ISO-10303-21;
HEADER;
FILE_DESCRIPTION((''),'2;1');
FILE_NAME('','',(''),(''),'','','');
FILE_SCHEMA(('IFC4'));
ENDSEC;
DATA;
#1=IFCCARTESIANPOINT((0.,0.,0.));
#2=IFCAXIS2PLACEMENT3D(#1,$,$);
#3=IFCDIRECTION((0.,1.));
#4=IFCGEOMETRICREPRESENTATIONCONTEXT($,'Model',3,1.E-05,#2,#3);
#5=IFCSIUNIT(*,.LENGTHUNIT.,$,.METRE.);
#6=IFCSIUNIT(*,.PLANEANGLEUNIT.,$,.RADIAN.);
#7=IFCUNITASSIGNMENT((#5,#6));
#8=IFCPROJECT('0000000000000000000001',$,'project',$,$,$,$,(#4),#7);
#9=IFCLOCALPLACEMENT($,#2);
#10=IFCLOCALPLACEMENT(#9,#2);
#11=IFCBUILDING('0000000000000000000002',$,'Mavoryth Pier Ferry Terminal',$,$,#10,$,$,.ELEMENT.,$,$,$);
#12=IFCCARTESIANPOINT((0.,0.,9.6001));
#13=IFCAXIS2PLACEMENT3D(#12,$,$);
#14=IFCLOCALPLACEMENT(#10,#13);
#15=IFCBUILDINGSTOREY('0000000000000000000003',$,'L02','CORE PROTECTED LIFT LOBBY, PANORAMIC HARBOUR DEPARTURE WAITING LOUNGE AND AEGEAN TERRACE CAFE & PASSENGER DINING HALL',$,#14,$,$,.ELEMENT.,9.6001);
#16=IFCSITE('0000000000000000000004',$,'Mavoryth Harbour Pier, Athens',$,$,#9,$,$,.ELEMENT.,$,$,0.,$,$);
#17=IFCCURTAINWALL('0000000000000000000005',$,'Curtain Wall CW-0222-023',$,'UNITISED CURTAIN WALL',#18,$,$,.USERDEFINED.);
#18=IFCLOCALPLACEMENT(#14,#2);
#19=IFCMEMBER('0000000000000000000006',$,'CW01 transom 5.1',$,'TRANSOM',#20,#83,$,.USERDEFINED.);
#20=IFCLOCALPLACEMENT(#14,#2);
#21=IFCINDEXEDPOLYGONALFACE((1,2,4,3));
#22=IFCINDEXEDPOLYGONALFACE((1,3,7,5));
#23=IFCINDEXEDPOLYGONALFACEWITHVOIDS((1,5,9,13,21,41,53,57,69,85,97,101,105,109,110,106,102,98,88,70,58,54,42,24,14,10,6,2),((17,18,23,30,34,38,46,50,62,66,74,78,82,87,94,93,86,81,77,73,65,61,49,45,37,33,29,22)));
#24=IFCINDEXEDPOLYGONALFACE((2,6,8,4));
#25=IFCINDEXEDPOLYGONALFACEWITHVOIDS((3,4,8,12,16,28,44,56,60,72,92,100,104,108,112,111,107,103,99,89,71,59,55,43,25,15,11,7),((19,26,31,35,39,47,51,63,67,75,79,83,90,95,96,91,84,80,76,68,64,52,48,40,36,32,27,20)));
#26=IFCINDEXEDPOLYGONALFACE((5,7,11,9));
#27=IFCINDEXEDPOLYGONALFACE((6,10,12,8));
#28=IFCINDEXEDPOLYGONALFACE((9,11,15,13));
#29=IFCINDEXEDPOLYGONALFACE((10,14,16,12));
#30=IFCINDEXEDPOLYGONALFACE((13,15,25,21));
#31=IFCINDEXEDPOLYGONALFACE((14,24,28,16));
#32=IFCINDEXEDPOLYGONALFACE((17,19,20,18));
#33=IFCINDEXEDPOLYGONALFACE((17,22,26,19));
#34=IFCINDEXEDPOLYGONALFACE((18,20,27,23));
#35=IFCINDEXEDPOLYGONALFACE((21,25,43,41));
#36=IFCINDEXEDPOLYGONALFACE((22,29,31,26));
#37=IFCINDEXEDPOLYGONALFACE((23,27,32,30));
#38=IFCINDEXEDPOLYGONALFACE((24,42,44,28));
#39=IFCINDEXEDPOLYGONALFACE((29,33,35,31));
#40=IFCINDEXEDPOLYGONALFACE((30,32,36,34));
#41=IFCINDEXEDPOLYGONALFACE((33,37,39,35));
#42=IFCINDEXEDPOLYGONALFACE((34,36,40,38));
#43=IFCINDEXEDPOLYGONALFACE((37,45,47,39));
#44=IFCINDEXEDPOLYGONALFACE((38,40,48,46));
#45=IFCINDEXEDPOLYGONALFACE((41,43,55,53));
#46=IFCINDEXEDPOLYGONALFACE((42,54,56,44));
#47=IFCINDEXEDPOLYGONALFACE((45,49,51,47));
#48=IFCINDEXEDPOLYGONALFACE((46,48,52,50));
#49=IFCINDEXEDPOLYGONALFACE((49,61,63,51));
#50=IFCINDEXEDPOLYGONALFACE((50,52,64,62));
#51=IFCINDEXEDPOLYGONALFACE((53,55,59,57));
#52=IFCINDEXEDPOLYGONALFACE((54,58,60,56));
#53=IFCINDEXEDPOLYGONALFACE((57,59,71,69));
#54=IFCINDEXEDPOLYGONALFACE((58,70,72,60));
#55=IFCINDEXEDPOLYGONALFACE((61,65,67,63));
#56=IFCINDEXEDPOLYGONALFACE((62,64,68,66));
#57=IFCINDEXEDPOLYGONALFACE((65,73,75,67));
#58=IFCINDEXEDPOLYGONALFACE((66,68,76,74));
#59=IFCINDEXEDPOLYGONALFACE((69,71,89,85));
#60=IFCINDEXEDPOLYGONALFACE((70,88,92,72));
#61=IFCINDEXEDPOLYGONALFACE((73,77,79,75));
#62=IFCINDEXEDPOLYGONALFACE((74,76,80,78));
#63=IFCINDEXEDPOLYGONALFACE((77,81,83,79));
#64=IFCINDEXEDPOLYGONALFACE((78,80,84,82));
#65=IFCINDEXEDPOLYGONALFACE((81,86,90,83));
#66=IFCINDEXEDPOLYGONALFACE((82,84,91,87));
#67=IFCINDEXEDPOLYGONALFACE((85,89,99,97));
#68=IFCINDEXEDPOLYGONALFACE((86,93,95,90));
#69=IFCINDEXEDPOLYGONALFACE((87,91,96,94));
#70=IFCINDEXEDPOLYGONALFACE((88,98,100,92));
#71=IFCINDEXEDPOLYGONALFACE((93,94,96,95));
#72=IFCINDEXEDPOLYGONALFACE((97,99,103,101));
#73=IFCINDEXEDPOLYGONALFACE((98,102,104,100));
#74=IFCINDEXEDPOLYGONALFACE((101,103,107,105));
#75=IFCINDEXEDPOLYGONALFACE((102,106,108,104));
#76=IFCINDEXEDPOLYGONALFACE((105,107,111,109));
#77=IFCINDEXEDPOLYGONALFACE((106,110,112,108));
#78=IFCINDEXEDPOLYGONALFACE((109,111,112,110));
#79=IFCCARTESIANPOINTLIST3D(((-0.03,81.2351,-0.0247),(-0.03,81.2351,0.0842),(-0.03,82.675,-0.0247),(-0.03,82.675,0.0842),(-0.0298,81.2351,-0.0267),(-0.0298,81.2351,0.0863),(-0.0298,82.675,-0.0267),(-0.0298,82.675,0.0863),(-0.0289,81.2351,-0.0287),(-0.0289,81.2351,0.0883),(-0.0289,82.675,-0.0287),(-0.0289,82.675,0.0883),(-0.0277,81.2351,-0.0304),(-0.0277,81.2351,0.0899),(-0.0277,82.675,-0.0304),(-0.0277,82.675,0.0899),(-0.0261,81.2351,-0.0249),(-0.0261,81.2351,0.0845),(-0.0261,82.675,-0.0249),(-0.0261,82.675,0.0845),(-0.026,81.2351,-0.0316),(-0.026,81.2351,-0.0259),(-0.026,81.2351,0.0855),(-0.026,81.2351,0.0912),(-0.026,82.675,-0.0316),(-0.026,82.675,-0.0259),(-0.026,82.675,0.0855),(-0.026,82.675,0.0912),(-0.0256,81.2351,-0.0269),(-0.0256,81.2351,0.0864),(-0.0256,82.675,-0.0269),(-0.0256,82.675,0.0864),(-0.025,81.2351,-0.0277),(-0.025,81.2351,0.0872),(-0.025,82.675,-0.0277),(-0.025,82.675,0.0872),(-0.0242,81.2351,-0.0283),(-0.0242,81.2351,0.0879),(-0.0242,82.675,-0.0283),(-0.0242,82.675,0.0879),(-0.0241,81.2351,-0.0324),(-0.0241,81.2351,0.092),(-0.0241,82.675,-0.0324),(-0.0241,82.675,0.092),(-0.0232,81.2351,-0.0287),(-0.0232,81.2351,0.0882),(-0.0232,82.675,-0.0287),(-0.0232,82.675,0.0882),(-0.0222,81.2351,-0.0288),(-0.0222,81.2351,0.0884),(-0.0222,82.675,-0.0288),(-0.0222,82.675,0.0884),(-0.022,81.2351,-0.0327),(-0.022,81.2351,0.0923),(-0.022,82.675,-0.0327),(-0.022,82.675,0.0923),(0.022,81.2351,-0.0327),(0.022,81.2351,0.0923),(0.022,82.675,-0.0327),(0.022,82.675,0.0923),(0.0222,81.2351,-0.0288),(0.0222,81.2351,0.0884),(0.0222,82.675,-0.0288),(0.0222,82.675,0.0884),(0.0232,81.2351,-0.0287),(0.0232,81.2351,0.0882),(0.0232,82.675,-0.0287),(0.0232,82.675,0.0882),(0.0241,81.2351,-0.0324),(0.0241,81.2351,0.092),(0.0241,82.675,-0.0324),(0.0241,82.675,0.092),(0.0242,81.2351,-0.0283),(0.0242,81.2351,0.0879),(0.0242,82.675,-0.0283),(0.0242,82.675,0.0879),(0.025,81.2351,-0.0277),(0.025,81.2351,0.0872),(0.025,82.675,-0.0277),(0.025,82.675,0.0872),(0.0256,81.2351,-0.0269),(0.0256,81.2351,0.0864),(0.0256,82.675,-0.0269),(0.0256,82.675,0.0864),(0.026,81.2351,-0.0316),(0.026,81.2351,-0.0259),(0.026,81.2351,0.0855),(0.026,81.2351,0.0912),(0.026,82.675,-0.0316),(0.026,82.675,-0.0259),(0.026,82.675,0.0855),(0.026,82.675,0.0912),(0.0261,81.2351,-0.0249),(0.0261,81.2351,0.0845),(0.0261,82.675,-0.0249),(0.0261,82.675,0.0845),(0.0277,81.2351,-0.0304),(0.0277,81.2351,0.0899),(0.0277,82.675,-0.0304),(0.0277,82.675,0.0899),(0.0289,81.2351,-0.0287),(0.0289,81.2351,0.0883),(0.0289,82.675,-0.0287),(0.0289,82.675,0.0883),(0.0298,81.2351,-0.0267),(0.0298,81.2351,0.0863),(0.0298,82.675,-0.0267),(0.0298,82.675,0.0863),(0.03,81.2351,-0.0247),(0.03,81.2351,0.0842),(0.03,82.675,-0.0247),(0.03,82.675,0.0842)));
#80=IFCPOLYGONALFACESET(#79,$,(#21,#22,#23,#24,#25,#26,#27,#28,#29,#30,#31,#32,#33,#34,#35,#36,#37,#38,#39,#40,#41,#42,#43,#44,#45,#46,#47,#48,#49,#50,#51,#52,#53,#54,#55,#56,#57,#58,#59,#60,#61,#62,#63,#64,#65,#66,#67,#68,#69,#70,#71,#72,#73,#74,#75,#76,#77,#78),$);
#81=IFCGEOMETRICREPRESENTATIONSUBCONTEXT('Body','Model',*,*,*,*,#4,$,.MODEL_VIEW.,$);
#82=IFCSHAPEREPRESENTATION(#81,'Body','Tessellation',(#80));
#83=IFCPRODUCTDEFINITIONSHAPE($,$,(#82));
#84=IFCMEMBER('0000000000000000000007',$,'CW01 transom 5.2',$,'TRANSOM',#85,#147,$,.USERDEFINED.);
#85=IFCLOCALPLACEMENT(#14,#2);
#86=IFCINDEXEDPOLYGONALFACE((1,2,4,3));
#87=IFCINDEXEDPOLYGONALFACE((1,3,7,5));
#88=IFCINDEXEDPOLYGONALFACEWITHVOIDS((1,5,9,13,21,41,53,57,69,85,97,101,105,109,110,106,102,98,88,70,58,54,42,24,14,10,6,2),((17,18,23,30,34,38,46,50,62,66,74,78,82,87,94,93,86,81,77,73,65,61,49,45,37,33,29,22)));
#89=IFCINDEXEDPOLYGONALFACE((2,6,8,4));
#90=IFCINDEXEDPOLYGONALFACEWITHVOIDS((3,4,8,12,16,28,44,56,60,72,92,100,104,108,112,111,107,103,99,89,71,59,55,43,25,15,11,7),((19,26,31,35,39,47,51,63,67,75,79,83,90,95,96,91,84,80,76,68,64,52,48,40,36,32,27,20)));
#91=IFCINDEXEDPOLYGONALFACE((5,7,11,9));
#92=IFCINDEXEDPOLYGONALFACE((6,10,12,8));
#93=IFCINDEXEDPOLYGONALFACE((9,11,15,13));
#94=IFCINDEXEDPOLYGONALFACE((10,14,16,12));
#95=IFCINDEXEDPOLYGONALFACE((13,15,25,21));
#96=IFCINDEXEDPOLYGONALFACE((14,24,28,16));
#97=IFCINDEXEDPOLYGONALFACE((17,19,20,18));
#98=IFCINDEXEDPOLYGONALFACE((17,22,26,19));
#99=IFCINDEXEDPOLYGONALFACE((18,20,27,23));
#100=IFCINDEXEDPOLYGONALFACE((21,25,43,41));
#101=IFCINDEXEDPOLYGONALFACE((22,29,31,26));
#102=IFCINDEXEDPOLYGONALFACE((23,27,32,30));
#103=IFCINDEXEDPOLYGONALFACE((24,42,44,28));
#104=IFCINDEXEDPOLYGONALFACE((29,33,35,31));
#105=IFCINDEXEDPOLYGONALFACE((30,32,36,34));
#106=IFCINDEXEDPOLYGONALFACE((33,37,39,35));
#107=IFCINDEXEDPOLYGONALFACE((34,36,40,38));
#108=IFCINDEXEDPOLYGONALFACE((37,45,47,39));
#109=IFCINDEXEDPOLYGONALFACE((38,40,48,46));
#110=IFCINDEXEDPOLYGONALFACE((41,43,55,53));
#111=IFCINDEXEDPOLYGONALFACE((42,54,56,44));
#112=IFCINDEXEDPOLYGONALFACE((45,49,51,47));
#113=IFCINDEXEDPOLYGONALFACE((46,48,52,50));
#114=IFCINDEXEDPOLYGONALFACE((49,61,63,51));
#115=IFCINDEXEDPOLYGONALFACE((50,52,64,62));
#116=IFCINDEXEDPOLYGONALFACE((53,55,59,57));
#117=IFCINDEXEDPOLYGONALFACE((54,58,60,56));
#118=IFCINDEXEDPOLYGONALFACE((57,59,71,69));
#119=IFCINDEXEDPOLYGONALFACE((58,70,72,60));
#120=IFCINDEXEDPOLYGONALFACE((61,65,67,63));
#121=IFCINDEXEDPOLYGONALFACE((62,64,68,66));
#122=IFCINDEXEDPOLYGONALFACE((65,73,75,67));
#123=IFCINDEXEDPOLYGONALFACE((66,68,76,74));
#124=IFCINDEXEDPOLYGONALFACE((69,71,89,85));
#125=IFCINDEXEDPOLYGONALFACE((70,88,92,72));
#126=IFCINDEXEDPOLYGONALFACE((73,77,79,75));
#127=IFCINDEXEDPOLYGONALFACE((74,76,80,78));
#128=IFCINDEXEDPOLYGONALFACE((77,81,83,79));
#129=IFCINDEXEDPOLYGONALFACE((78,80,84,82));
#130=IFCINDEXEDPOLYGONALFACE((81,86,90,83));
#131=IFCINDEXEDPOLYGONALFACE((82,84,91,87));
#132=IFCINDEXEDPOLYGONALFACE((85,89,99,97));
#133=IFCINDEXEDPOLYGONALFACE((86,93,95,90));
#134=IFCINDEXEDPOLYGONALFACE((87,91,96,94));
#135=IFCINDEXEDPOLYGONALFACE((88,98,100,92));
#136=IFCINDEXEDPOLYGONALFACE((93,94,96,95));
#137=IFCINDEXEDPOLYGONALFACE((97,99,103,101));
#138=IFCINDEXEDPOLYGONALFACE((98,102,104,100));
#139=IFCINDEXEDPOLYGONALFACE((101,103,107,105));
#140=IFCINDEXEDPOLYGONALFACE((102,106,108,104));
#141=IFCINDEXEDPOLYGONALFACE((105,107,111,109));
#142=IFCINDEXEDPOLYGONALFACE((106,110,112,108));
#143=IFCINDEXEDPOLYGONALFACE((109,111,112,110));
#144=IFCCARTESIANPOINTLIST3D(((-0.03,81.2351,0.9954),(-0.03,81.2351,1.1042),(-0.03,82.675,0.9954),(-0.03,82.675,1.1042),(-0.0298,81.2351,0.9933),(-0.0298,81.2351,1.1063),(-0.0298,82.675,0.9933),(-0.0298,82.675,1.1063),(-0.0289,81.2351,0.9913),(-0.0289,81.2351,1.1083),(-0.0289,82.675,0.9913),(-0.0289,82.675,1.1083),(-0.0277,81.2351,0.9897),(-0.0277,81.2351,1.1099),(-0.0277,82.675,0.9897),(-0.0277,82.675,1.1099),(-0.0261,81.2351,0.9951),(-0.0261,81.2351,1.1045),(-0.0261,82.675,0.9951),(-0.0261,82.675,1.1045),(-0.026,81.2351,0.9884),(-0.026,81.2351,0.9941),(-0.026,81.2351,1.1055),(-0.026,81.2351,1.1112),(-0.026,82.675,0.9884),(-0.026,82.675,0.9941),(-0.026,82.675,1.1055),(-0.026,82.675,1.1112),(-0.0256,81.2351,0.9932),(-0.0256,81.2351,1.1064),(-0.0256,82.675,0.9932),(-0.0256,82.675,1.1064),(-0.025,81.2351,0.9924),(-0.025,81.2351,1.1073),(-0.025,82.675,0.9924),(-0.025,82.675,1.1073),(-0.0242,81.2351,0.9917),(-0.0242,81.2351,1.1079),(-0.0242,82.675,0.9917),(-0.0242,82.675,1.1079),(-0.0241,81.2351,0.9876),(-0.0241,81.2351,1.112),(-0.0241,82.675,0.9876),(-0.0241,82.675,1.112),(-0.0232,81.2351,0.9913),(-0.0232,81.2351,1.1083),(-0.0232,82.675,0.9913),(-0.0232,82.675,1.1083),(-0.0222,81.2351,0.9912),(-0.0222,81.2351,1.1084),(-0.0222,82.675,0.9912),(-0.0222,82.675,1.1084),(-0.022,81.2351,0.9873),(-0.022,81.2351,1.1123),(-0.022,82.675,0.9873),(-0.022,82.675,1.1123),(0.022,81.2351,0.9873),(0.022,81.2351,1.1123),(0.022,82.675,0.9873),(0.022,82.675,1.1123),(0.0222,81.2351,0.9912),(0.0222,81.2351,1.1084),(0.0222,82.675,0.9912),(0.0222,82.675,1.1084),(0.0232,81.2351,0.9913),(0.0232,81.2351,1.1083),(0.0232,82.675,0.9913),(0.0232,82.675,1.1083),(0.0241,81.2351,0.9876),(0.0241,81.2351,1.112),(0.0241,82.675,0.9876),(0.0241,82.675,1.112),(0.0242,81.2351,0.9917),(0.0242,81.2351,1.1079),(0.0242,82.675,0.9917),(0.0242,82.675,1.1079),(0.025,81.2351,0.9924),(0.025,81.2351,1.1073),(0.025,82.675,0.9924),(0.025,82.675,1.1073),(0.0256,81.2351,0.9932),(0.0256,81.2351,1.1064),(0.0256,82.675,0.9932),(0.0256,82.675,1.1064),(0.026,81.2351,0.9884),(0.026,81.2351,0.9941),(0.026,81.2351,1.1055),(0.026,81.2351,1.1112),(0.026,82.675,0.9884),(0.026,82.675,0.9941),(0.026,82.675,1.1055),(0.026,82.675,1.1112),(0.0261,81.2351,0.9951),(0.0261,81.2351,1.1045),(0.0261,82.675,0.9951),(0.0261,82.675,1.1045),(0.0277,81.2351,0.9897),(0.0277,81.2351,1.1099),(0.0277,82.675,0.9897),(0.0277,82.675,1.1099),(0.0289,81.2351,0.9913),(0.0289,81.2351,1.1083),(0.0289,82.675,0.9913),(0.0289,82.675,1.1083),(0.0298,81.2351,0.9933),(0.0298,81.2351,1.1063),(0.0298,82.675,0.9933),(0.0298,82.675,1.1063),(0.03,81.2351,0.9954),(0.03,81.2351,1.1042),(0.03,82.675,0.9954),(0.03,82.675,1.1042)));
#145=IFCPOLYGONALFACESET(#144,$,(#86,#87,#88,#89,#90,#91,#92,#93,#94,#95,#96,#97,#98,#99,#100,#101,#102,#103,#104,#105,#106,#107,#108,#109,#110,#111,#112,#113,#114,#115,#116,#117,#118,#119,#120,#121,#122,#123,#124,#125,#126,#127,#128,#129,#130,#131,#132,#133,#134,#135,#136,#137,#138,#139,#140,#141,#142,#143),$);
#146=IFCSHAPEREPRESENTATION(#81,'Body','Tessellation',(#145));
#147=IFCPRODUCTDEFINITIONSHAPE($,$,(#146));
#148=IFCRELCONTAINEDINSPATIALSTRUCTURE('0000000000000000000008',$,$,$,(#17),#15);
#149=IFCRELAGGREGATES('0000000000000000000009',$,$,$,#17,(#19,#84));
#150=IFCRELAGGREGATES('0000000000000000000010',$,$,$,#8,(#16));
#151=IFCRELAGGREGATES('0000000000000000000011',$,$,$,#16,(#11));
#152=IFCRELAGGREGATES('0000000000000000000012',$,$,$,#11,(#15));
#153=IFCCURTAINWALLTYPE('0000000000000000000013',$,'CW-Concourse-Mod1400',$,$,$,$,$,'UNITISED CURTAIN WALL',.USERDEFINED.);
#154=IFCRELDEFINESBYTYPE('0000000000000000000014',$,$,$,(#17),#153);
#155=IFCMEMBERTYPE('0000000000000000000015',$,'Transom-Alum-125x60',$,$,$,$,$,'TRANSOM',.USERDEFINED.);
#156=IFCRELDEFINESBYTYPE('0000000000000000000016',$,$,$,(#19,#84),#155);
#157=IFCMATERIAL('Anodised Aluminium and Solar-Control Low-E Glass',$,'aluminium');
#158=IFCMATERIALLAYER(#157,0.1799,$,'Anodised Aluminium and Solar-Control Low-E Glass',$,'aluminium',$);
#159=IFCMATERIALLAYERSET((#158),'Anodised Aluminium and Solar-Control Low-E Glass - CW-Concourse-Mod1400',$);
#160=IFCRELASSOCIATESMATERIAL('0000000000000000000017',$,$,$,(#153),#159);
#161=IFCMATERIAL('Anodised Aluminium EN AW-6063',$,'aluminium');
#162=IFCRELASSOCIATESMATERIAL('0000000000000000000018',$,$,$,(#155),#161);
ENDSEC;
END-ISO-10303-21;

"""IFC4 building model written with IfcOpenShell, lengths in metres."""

from ifc_helpers import new_model, si_unit, direction, frame, origin, origin_2d, place, context, subcontext, project, spatial, hollow_rectangle, extrude, material, layer, layer_set, material_profile, profile_set, type_object, element, aggregate, save


model = new_model("IFC4")

# Units and contexts
model_context = context("Model", 3, precision=1e-05, world=origin(), true_north=direction((0.0, 1.0)))
body_context = subcontext(model_context, "Body", "Model", "MODEL_VIEW")
ifc_project = project(units=[si_unit("LENGTHUNIT", "METRE"), si_unit("PLANEANGLEUNIT", "RADIAN")], contexts=[model_context])

# Site, building, storey
site_placement = place(None, origin())
site = spatial("IfcSite", under=ifc_project, at=site_placement, Name="Mavoryth Harbour Pier, Athens", CompositionType="ELEMENT", RefElevation=0.0)
building_placement = place(site_placement, origin())
building = spatial("IfcBuilding", under=site, at=building_placement, Name="Mavoryth Pier Ferry Terminal", CompositionType="ELEMENT")
storey_placement = place(building_placement, frame((0.0, 0.0, 9.6001)))
storey = spatial("IfcBuildingStorey", under=building, at=storey_placement, Name="L02", Description="CORE PROTECTED LIFT LOBBY, PANORAMIC HARBOUR DEPARTURE WAITING LOUNGE AND AEGEAN TERRACE CAFE & PASSENGER DINING HALL", CompositionType="ELEMENT", Elevation=9.6001)

# Curtain wall
ifc_material_1 = material(Name="Anodised Aluminium and Solar-Control Low-E Glass", Category="aluminium")
ifc_layer_1 = layer(ifc_material_1, 0.1799, Name="Anodised Aluminium and Solar-Control Low-E Glass", Category="aluminium")
ifc_layer_set_1 = layer_set([ifc_layer_1], Name="Anodised Aluminium and Solar-Control Low-E Glass - CW-Concourse-Mod1400")
curtain_wall_type = type_object("IfcCurtainWallType", Name="CW-Concourse-Mod1400", ElementType="UNITISED CURTAIN WALL", PredefinedType="USERDEFINED", material=ifc_layer_set_1)
curtain_wall_placement = place(storey_placement, origin())
curtain_wall = element("IfcCurtainWall", 1, at=curtain_wall_placement, inside=storey, type_object=curtain_wall_type, Name="Curtain Wall CW-0222-023", ObjectType="UNITISED CURTAIN WALL", PredefinedType="USERDEFINED")
ifc_material_2 = material(Name="Anodised Aluminium EN AW-6063", Category="aluminium")

# Members
ifc_material_profile_1 = material_profile(ifc_material_2, hollow_rectangle(XDim=0.0601, YDim=0.125, WallThickness=0.0039, InnerFilletRadius=0.0039, OuterFilletRadius=0.0081, at=origin_2d()), Name="AL-TRAN 125x60x4", Category="aluminium")
ifc_profile_set_1 = profile_set([ifc_material_profile_1], Name="Anodised Aluminium EN AW-6063 - AL-TRAN 125x60x4")
member_type_1 = type_object("IfcMemberType", Name="Transom-Alum-125x60", ElementType="TRANSOM", PredefinedType="USERDEFINED", material=ifc_profile_set_1)
member_1_placement = place(storey_placement, frame((0.0, 82.675, 0.0298), z_axis=(0.0, -1.0, 0.0), x_axis=(1.0, 0.0, 0.0)))
member_1 = element("IfcMember", 2, at=member_1_placement, type_object=member_type_1, Name="CW01 transom 5.1", ObjectType="TRANSOM", PredefinedType="USERDEFINED", context=body_context, shape_type="SweptSolid", body=[
    extrude(hollow_rectangle(XDim=0.0601, YDim=0.125, WallThickness=0.0039, InnerFilletRadius=0.0039, OuterFilletRadius=0.0081, at=origin_2d()), origin(), (0.0, 0.0, 1.0), 1.4399),
])
member_2_placement = place(storey_placement, frame((0.0, 82.675, 1.0498), z_axis=(0.0, -1.0, 0.0), x_axis=(1.0, 0.0, 0.0)))
member_2 = element("IfcMember", 3, at=member_2_placement, type_object=member_type_1, Name="CW01 transom 5.2", ObjectType="TRANSOM", PredefinedType="USERDEFINED", context=body_context, shape_type="SweptSolid", body=[
    extrude(hollow_rectangle(XDim=0.0601, YDim=0.125, WallThickness=0.0039, InnerFilletRadius=0.0039, OuterFilletRadius=0.0081, at=origin_2d()), origin(), (0.0, 0.0, 1.0), 1.4399),
])

aggregate(curtain_wall, [member_1, member_2])

save(model, "model.ifc")
